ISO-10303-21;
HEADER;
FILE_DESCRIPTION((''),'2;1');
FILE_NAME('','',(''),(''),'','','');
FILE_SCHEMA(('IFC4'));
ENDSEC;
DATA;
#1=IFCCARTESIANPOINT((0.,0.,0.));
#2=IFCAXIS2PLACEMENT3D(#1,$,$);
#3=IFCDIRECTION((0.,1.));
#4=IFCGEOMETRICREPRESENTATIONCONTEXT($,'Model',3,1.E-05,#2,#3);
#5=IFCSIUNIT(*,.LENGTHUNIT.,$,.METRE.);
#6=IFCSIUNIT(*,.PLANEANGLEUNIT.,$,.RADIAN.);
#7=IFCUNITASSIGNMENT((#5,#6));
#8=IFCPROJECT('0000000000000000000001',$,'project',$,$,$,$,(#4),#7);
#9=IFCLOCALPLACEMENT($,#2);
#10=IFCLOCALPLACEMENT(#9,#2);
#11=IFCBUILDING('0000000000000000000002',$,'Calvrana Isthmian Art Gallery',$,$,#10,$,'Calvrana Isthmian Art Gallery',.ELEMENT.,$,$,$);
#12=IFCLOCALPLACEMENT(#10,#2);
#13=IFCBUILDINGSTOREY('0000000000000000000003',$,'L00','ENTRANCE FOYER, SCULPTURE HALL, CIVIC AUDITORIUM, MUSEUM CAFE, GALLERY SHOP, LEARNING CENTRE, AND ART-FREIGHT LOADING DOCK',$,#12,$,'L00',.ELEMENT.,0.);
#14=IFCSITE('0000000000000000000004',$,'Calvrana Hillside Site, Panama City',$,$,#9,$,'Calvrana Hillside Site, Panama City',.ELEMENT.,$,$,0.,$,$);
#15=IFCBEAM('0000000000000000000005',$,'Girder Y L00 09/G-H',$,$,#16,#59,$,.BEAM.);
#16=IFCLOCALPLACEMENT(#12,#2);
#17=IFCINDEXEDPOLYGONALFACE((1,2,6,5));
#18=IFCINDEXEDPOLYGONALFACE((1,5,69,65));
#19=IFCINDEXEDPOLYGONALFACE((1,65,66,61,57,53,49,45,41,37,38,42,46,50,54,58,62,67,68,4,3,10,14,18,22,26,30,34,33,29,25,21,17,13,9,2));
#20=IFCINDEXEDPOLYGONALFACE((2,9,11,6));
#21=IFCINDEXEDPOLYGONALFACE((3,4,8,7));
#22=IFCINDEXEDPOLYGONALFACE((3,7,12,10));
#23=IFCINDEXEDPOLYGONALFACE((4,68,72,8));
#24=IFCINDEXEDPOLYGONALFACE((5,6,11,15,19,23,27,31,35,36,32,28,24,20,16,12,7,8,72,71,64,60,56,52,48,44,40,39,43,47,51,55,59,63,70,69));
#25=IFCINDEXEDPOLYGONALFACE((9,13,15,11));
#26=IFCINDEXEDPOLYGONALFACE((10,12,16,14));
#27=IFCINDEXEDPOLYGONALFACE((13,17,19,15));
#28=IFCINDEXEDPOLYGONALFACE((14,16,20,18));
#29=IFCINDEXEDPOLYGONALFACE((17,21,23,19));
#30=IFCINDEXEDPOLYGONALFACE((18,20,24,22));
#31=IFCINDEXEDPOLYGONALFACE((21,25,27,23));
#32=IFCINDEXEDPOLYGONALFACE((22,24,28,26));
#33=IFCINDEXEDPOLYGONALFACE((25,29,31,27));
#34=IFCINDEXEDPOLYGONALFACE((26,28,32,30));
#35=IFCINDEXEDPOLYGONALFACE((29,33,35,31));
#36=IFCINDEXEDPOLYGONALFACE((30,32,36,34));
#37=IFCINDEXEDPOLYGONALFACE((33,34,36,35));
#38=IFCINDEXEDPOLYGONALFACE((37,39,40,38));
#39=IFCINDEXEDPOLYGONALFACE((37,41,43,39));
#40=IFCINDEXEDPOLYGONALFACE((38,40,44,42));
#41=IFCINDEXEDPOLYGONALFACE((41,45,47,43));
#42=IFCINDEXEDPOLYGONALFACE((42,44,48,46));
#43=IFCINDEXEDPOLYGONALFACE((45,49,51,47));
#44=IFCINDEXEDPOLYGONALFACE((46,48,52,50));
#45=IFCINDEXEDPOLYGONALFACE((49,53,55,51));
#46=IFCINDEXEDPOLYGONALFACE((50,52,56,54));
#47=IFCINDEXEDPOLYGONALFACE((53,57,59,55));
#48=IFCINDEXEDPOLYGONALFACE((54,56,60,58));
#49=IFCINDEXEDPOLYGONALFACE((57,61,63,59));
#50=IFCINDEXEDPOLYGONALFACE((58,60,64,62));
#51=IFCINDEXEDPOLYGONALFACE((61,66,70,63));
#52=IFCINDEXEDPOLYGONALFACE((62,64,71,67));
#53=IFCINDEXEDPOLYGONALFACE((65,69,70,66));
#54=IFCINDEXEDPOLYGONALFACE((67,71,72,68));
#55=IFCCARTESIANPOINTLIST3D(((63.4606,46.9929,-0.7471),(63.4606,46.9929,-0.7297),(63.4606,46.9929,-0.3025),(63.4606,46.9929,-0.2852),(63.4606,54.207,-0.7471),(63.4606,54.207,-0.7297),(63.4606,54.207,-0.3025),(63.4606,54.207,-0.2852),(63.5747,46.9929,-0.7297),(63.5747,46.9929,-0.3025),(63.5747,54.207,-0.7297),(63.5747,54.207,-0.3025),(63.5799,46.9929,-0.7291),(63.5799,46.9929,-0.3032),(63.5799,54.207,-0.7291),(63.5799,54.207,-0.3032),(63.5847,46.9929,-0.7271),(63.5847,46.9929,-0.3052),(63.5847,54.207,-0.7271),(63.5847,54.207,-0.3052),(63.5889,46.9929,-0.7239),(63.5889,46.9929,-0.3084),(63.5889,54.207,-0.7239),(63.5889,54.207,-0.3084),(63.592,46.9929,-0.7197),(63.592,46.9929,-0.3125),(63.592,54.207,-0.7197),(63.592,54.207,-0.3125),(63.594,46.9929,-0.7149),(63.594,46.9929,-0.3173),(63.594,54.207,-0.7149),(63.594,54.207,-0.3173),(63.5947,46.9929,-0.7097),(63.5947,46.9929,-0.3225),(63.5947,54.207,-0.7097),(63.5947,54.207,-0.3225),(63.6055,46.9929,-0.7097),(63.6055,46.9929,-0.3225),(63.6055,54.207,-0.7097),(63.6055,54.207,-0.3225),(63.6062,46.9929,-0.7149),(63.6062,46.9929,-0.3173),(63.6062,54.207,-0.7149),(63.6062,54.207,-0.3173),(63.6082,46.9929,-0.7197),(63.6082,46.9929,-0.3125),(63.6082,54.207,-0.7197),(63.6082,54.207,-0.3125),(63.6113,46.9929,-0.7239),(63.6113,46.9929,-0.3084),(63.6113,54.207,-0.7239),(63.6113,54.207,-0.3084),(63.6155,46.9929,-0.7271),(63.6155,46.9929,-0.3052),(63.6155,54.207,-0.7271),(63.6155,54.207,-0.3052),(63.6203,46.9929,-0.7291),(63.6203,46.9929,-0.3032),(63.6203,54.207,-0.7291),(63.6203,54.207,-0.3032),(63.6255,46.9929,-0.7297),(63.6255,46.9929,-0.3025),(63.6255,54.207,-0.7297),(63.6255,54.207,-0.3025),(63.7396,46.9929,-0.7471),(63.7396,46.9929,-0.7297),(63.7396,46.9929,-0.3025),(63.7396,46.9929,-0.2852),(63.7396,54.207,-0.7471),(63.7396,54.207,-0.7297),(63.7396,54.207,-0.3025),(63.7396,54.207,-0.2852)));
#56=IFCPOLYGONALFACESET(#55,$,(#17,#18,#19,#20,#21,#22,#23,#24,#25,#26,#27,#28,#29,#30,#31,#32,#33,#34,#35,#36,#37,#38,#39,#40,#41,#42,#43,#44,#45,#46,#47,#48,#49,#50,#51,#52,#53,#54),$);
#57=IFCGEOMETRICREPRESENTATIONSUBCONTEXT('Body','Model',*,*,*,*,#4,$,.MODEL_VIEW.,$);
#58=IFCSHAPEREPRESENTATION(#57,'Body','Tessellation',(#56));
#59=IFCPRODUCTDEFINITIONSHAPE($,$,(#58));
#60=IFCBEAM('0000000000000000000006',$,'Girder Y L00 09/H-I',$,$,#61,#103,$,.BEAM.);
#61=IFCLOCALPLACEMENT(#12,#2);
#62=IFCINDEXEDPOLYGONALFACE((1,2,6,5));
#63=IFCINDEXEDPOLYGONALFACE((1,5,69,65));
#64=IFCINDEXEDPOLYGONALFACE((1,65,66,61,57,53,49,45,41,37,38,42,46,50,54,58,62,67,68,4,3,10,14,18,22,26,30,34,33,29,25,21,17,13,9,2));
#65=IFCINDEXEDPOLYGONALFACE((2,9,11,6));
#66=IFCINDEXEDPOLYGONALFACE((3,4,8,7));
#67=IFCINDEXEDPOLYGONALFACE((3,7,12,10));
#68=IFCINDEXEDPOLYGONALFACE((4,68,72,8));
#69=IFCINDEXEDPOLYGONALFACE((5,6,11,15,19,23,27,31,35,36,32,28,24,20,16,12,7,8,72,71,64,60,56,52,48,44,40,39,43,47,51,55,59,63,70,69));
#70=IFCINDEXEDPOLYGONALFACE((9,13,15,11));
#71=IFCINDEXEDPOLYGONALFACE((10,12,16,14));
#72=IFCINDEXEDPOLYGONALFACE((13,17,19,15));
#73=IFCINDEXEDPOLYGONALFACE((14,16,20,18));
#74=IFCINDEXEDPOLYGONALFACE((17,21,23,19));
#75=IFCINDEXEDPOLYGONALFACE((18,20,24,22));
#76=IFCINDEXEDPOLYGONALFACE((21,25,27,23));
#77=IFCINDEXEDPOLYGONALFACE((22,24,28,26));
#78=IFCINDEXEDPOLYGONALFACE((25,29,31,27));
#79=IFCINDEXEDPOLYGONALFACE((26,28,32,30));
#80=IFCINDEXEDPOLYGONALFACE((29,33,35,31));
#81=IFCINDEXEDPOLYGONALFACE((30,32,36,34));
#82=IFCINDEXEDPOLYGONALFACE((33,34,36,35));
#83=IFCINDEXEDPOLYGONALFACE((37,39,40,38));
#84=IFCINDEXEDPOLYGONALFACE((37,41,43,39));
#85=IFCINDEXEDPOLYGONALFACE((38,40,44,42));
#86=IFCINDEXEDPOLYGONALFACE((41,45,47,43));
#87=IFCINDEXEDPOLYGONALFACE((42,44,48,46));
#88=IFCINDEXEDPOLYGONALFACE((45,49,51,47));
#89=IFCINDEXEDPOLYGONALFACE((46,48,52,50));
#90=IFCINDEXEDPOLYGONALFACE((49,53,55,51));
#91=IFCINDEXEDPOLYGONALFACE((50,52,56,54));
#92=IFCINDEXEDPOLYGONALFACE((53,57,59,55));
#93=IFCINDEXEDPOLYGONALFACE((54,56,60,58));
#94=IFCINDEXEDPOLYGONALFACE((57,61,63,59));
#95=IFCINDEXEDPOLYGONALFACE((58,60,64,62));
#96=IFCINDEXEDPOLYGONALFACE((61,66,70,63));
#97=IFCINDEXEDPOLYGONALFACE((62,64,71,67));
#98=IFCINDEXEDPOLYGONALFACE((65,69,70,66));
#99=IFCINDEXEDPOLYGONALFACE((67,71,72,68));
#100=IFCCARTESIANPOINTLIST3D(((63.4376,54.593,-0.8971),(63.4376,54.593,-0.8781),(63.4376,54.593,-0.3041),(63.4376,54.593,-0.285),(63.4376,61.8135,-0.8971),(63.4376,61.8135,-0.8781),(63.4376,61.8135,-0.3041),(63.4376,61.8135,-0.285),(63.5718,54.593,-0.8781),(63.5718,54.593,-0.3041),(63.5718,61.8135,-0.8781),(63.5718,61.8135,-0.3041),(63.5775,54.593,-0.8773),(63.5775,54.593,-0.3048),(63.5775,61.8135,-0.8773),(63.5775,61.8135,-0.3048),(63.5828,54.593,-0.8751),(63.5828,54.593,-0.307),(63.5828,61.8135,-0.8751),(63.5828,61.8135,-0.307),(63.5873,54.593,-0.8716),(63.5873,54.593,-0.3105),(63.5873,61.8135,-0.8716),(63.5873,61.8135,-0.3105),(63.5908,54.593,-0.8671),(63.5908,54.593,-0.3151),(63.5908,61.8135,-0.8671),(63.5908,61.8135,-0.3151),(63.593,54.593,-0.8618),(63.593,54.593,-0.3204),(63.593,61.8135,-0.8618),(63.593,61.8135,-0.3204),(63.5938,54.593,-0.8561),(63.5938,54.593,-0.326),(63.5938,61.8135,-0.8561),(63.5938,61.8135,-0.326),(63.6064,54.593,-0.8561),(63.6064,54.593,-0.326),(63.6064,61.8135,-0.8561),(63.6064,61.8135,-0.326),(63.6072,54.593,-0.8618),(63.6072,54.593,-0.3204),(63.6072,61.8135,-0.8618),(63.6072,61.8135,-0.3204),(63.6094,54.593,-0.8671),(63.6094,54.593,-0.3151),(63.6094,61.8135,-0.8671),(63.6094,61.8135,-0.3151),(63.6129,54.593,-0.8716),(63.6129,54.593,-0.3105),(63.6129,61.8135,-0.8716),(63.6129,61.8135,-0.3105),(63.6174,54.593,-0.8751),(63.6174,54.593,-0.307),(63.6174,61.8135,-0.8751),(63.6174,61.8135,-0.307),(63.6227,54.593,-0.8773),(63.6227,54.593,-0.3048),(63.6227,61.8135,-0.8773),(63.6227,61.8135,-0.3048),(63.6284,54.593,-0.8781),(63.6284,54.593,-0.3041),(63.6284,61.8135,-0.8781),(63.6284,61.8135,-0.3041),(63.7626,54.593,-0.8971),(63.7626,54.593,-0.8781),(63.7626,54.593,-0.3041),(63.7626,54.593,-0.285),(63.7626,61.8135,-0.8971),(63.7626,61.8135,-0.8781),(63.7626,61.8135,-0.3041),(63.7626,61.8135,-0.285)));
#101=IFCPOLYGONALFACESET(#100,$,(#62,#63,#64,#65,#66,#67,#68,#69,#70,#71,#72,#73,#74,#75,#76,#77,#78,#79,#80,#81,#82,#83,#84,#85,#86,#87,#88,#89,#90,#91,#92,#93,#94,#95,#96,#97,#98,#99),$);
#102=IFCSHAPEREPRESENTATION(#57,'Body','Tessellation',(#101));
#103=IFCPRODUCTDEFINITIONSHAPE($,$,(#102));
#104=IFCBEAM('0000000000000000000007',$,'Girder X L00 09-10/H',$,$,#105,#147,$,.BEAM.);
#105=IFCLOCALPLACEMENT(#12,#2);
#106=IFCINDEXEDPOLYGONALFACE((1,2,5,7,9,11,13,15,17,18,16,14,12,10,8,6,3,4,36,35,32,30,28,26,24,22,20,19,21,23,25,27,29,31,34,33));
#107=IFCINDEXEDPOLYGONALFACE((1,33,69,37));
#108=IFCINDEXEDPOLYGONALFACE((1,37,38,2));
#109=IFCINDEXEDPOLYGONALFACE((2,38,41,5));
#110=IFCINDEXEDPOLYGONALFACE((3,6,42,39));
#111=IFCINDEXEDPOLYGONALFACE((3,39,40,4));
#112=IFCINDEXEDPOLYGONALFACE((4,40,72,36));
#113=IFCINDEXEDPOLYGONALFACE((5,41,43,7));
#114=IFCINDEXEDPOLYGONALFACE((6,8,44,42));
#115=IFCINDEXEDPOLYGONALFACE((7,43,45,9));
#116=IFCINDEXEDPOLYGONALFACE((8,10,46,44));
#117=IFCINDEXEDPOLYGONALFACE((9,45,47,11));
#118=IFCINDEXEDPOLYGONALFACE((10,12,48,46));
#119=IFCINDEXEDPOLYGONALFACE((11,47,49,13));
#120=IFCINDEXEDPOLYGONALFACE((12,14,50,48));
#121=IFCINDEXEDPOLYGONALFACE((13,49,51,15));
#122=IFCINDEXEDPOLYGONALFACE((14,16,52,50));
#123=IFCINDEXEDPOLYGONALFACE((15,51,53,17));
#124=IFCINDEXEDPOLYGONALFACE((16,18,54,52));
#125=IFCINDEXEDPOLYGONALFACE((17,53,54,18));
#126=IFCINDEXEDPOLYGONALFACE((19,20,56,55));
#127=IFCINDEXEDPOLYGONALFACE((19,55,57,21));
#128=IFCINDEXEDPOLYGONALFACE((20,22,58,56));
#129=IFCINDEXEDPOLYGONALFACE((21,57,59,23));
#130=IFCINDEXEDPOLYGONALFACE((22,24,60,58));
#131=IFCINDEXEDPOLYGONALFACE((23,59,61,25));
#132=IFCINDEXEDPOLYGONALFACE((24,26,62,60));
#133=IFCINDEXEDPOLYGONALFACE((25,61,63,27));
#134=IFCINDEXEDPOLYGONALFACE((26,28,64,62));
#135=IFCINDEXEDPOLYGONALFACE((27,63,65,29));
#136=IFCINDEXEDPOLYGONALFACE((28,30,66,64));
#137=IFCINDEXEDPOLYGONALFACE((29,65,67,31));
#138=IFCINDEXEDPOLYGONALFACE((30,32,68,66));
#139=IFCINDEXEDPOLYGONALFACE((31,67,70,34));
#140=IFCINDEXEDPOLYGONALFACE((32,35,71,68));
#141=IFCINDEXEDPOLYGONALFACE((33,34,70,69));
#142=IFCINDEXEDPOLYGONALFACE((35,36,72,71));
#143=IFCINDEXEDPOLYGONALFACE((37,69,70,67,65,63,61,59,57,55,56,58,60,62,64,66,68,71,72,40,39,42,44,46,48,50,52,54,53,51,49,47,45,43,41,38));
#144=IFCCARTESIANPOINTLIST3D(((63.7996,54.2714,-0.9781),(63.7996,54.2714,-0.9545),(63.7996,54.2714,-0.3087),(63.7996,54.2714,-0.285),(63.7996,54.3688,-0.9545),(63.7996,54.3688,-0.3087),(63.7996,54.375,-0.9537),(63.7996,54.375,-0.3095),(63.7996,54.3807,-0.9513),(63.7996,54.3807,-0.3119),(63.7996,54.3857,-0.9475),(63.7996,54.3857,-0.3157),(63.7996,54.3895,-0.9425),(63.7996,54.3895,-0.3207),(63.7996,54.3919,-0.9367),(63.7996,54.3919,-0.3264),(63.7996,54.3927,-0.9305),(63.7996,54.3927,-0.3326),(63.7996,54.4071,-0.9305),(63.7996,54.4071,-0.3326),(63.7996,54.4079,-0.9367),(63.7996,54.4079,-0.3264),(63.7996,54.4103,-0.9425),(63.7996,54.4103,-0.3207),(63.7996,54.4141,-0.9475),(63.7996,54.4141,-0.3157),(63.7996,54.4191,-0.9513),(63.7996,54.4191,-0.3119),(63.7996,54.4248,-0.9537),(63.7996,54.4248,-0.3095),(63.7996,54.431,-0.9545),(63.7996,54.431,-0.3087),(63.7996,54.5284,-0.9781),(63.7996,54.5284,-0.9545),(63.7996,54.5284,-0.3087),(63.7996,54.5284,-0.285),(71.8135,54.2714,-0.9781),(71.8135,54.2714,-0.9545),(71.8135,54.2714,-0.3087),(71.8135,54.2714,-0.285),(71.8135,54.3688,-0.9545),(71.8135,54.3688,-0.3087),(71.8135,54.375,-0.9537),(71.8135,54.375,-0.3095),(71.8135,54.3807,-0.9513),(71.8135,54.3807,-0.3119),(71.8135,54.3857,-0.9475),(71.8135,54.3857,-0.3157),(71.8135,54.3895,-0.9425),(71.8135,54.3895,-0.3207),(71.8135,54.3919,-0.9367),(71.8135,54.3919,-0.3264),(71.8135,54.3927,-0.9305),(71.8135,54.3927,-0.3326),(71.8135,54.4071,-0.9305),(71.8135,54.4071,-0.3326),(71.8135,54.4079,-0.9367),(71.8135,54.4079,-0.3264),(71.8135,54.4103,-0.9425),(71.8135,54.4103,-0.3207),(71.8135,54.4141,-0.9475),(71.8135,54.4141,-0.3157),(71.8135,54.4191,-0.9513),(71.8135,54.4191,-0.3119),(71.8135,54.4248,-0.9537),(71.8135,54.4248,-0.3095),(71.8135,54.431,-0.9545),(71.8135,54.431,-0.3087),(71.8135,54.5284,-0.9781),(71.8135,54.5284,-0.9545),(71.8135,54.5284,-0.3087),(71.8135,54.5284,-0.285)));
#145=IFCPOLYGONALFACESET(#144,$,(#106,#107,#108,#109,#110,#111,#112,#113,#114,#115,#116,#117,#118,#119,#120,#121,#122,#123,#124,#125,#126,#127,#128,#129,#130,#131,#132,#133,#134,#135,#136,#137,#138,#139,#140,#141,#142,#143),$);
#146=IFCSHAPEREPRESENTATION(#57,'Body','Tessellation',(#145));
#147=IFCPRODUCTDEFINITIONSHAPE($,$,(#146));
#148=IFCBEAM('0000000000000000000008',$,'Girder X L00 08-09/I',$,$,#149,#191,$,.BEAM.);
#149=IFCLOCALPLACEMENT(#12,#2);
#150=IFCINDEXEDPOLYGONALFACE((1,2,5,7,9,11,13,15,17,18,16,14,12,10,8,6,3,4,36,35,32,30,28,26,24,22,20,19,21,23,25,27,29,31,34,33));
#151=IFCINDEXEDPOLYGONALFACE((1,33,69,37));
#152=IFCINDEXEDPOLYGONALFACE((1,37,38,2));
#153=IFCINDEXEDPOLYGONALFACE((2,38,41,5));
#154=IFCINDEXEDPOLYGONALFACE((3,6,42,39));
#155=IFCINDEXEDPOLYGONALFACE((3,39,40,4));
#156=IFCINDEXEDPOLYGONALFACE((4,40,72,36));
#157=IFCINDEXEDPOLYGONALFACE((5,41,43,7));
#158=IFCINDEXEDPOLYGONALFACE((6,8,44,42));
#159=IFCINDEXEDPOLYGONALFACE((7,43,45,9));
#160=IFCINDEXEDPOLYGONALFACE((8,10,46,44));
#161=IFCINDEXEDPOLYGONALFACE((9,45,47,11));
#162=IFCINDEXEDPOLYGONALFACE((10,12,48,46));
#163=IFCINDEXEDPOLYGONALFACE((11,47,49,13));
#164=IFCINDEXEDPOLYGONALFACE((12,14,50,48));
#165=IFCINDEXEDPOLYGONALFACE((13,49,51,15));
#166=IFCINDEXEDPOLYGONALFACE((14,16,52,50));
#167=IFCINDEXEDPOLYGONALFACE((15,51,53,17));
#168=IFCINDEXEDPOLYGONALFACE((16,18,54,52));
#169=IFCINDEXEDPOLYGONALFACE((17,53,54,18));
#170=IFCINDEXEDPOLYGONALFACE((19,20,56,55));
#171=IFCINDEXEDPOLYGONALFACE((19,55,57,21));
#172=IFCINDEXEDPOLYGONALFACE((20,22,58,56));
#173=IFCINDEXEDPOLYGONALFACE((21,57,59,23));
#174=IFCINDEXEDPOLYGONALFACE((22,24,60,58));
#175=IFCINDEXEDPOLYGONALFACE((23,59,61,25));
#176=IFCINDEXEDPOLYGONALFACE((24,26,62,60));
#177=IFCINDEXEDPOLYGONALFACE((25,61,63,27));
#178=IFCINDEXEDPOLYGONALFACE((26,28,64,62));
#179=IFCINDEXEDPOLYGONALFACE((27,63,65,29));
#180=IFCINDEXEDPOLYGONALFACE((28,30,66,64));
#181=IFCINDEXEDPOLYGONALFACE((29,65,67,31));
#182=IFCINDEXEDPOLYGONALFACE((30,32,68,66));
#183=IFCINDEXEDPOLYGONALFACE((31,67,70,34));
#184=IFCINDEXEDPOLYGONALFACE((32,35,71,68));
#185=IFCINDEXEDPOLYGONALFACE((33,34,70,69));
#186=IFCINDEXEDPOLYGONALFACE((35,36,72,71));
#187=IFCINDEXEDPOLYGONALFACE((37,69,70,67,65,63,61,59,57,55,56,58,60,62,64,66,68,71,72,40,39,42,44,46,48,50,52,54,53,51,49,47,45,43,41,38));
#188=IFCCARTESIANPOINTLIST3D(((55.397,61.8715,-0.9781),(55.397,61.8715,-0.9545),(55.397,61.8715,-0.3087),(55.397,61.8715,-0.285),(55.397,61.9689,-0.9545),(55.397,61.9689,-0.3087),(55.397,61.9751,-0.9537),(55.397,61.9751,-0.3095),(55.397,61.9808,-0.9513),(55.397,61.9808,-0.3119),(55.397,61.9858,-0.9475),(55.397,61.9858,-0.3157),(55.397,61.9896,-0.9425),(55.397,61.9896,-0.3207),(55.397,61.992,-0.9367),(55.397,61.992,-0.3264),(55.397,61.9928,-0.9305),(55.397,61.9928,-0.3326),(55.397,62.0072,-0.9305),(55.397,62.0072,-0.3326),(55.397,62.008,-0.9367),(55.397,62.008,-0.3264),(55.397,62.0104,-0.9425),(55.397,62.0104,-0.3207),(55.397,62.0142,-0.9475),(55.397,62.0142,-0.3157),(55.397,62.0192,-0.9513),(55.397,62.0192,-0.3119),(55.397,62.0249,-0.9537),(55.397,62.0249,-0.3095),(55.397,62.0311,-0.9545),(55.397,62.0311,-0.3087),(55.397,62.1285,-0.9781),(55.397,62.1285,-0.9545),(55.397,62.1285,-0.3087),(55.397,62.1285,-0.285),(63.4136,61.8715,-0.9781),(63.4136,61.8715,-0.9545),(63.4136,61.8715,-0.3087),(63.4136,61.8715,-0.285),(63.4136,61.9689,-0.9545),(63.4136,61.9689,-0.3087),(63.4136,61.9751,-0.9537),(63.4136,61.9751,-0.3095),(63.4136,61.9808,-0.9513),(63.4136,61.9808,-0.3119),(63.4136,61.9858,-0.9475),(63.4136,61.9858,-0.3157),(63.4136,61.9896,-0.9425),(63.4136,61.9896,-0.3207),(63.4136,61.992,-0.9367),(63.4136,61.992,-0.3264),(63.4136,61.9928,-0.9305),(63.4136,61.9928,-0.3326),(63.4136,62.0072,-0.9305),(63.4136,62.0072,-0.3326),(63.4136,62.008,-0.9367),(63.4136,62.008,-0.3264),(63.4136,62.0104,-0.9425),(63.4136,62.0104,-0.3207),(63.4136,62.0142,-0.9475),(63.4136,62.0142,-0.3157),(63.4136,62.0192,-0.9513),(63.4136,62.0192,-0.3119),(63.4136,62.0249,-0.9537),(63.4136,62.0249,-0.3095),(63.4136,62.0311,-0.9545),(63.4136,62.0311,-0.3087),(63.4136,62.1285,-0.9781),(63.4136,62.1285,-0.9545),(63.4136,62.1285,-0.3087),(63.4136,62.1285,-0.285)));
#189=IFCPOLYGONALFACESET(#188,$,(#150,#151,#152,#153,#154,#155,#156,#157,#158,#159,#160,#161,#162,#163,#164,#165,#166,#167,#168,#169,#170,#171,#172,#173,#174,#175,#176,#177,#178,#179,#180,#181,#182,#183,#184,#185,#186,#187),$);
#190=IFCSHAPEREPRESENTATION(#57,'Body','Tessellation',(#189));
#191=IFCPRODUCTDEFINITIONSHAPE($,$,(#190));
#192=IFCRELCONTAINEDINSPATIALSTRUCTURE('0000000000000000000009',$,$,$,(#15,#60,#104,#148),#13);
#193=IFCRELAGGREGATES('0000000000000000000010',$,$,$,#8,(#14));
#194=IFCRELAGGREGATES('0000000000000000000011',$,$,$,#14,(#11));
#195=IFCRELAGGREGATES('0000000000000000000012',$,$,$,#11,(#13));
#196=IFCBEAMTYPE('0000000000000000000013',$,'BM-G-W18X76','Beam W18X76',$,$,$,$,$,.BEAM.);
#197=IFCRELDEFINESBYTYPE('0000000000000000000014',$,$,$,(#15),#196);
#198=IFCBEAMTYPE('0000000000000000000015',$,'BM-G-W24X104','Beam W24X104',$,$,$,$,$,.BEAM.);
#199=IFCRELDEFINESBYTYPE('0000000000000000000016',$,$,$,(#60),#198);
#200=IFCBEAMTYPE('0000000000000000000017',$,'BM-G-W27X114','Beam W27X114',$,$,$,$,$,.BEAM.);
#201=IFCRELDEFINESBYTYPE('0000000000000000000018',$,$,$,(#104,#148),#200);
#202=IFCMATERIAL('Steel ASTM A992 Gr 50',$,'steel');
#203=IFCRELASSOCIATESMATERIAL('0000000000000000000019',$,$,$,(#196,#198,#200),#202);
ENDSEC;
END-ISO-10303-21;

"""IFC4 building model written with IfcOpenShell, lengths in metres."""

from ifc_helpers import new_model, si_unit, direction, frame, origin, origin_2d, place, context, subcontext, project, spatial, i_section, extrude, material, material_profile, profile_set, type_object, element, save


model = new_model("IFC4")

# Units and contexts
model_context = context("Model", 3, precision=1e-05, world=origin(), true_north=direction((0.0, 1.0)))
body_context = subcontext(model_context, "Body", "Model", "MODEL_VIEW")
ifc_project = project(units=[si_unit("LENGTHUNIT", "METRE"), si_unit("PLANEANGLEUNIT", "RADIAN")], contexts=[model_context])

# Site, building, storey
site_placement = place(None, origin())
site = spatial("IfcSite", under=ifc_project, at=site_placement, Name="Calvrana Hillside Site, Panama City", LongName="Calvrana Hillside Site, Panama City", CompositionType="ELEMENT", RefElevation=0.0)
building_placement = place(site_placement, origin())
building = spatial("IfcBuilding", under=site, at=building_placement, Name="Calvrana Isthmian Art Gallery", LongName="Calvrana Isthmian Art Gallery", CompositionType="ELEMENT")
storey_placement = place(building_placement, origin())
storey = spatial("IfcBuildingStorey", under=building, at=storey_placement, Name="L00", Description="ENTRANCE FOYER, SCULPTURE HALL, CIVIC AUDITORIUM, MUSEUM CAFE, GALLERY SHOP, LEARNING CENTRE, AND ART-FREIGHT LOADING DOCK", LongName="L00", CompositionType="ELEMENT", Elevation=0.0)

# Shared definitions
ifc_material_1 = material(Name="Steel ASTM A992 Gr 50", Category="steel")

# Beams
ifc_material_profile_1 = material_profile(ifc_material_1, i_section(OverallWidth=0.2791, OverallDepth=0.4619, WebThickness=0.0107, FlangeThickness=0.0173, FilletRadius=0.02, at=origin_2d()), Name="W18X76")
ifc_profile_set_1 = profile_set([ifc_material_profile_1], Name="Steel ASTM A992 Gr 50")
beam_type_1 = type_object("IfcBeamType", Name="BM-G-W18X76", Description="Beam W18X76", PredefinedType="BEAM", material=ifc_profile_set_1)
beam_1_placement = place(storey_placement, frame((63.6001, 46.9929, -0.5161), z_axis=(0.0, 1.0, 0.0), x_axis=(-1.0, 0.0, 0.0)))
element("IfcBeam", 1, at=beam_1_placement, inside=storey, type_object=beam_type_1, Name="Girder Y L00 09/G-H", PredefinedType="BEAM", context=body_context, shape_type="SweptSolid", body=[
    extrude(i_section(OverallWidth=0.2791, OverallDepth=0.4619, WebThickness=0.0107, FlangeThickness=0.0173, FilletRadius=0.02, at=origin_2d()), origin(), (0.0, 0.0, 1.0), 7.2141),
])
ifc_material_profile_2 = material_profile(ifc_material_1, i_section(OverallWidth=0.325, OverallDepth=0.6121, WebThickness=0.0127, FlangeThickness=0.019, FilletRadius=0.022, at=origin_2d()), Name="W24X104")
ifc_profile_set_2 = profile_set([ifc_material_profile_2], Name="Steel ASTM A992 Gr 50")
beam_type_2 = type_object("IfcBeamType", Name="BM-G-W24X104", Description="Beam W24X104", PredefinedType="BEAM", material=ifc_profile_set_2)
beam_2_placement = place(storey_placement, frame((63.6001, 54.593, -0.5911), z_axis=(0.0, 1.0, 0.0), x_axis=(-1.0, 0.0, 0.0)))
element("IfcBeam", 2, at=beam_2_placement, inside=storey, type_object=beam_type_2, Name="Girder Y L00 09/H-I", PredefinedType="BEAM", context=body_context, shape_type="SweptSolid", body=[
    extrude(i_section(OverallWidth=0.325, OverallDepth=0.6121, WebThickness=0.0127, FlangeThickness=0.019, FilletRadius=0.022, at=origin_2d()), origin(), (0.0, 0.0, 1.0), 7.2205),
])
ifc_material_profile_3 = material_profile(ifc_material_1, i_section(OverallWidth=0.2571, OverallDepth=0.6931, WebThickness=0.0144, FlangeThickness=0.0237, FilletRadius=0.0239, at=origin_2d()), Name="W27X114")
ifc_profile_set_3 = profile_set([ifc_material_profile_3], Name="Steel ASTM A992 Gr 50")
beam_type_3 = type_object("IfcBeamType", Name="BM-G-W27X114", Description="Beam W27X114", PredefinedType="BEAM", material=ifc_profile_set_3)
beam_3_placement = place(storey_placement, frame((63.7996, 54.3999, -0.6316), z_axis=(1.0, 0.0, 0.0), x_axis=(0.0, 1.0, 0.0)))
element("IfcBeam", 3, at=beam_3_placement, inside=storey, type_object=beam_type_3, Name="Girder X L00 09-10/H", PredefinedType="BEAM", context=body_context, shape_type="SweptSolid", body=[
    extrude(i_section(OverallWidth=0.2571, OverallDepth=0.6931, WebThickness=0.0144, FlangeThickness=0.0237, FilletRadius=0.0239, at=origin_2d()), origin(), (0.0, 0.0, 1.0), 8.0139),
])
beam_4_placement = place(storey_placement, frame((55.397, 62.0, -0.6316), z_axis=(1.0, 0.0, 0.0), x_axis=(0.0, 1.0, 0.0)))
element("IfcBeam", 4, at=beam_4_placement, inside=storey, type_object=beam_type_3, Name="Girder X L00 08-09/I", PredefinedType="BEAM", context=body_context, shape_type="SweptSolid", body=[
    extrude(i_section(OverallWidth=0.2571, OverallDepth=0.6931, WebThickness=0.0144, FlangeThickness=0.0237, FilletRadius=0.0239, at=origin_2d()), origin(), (0.0, 0.0, 1.0), 8.0166),
])

save(model, "model.ifc")
